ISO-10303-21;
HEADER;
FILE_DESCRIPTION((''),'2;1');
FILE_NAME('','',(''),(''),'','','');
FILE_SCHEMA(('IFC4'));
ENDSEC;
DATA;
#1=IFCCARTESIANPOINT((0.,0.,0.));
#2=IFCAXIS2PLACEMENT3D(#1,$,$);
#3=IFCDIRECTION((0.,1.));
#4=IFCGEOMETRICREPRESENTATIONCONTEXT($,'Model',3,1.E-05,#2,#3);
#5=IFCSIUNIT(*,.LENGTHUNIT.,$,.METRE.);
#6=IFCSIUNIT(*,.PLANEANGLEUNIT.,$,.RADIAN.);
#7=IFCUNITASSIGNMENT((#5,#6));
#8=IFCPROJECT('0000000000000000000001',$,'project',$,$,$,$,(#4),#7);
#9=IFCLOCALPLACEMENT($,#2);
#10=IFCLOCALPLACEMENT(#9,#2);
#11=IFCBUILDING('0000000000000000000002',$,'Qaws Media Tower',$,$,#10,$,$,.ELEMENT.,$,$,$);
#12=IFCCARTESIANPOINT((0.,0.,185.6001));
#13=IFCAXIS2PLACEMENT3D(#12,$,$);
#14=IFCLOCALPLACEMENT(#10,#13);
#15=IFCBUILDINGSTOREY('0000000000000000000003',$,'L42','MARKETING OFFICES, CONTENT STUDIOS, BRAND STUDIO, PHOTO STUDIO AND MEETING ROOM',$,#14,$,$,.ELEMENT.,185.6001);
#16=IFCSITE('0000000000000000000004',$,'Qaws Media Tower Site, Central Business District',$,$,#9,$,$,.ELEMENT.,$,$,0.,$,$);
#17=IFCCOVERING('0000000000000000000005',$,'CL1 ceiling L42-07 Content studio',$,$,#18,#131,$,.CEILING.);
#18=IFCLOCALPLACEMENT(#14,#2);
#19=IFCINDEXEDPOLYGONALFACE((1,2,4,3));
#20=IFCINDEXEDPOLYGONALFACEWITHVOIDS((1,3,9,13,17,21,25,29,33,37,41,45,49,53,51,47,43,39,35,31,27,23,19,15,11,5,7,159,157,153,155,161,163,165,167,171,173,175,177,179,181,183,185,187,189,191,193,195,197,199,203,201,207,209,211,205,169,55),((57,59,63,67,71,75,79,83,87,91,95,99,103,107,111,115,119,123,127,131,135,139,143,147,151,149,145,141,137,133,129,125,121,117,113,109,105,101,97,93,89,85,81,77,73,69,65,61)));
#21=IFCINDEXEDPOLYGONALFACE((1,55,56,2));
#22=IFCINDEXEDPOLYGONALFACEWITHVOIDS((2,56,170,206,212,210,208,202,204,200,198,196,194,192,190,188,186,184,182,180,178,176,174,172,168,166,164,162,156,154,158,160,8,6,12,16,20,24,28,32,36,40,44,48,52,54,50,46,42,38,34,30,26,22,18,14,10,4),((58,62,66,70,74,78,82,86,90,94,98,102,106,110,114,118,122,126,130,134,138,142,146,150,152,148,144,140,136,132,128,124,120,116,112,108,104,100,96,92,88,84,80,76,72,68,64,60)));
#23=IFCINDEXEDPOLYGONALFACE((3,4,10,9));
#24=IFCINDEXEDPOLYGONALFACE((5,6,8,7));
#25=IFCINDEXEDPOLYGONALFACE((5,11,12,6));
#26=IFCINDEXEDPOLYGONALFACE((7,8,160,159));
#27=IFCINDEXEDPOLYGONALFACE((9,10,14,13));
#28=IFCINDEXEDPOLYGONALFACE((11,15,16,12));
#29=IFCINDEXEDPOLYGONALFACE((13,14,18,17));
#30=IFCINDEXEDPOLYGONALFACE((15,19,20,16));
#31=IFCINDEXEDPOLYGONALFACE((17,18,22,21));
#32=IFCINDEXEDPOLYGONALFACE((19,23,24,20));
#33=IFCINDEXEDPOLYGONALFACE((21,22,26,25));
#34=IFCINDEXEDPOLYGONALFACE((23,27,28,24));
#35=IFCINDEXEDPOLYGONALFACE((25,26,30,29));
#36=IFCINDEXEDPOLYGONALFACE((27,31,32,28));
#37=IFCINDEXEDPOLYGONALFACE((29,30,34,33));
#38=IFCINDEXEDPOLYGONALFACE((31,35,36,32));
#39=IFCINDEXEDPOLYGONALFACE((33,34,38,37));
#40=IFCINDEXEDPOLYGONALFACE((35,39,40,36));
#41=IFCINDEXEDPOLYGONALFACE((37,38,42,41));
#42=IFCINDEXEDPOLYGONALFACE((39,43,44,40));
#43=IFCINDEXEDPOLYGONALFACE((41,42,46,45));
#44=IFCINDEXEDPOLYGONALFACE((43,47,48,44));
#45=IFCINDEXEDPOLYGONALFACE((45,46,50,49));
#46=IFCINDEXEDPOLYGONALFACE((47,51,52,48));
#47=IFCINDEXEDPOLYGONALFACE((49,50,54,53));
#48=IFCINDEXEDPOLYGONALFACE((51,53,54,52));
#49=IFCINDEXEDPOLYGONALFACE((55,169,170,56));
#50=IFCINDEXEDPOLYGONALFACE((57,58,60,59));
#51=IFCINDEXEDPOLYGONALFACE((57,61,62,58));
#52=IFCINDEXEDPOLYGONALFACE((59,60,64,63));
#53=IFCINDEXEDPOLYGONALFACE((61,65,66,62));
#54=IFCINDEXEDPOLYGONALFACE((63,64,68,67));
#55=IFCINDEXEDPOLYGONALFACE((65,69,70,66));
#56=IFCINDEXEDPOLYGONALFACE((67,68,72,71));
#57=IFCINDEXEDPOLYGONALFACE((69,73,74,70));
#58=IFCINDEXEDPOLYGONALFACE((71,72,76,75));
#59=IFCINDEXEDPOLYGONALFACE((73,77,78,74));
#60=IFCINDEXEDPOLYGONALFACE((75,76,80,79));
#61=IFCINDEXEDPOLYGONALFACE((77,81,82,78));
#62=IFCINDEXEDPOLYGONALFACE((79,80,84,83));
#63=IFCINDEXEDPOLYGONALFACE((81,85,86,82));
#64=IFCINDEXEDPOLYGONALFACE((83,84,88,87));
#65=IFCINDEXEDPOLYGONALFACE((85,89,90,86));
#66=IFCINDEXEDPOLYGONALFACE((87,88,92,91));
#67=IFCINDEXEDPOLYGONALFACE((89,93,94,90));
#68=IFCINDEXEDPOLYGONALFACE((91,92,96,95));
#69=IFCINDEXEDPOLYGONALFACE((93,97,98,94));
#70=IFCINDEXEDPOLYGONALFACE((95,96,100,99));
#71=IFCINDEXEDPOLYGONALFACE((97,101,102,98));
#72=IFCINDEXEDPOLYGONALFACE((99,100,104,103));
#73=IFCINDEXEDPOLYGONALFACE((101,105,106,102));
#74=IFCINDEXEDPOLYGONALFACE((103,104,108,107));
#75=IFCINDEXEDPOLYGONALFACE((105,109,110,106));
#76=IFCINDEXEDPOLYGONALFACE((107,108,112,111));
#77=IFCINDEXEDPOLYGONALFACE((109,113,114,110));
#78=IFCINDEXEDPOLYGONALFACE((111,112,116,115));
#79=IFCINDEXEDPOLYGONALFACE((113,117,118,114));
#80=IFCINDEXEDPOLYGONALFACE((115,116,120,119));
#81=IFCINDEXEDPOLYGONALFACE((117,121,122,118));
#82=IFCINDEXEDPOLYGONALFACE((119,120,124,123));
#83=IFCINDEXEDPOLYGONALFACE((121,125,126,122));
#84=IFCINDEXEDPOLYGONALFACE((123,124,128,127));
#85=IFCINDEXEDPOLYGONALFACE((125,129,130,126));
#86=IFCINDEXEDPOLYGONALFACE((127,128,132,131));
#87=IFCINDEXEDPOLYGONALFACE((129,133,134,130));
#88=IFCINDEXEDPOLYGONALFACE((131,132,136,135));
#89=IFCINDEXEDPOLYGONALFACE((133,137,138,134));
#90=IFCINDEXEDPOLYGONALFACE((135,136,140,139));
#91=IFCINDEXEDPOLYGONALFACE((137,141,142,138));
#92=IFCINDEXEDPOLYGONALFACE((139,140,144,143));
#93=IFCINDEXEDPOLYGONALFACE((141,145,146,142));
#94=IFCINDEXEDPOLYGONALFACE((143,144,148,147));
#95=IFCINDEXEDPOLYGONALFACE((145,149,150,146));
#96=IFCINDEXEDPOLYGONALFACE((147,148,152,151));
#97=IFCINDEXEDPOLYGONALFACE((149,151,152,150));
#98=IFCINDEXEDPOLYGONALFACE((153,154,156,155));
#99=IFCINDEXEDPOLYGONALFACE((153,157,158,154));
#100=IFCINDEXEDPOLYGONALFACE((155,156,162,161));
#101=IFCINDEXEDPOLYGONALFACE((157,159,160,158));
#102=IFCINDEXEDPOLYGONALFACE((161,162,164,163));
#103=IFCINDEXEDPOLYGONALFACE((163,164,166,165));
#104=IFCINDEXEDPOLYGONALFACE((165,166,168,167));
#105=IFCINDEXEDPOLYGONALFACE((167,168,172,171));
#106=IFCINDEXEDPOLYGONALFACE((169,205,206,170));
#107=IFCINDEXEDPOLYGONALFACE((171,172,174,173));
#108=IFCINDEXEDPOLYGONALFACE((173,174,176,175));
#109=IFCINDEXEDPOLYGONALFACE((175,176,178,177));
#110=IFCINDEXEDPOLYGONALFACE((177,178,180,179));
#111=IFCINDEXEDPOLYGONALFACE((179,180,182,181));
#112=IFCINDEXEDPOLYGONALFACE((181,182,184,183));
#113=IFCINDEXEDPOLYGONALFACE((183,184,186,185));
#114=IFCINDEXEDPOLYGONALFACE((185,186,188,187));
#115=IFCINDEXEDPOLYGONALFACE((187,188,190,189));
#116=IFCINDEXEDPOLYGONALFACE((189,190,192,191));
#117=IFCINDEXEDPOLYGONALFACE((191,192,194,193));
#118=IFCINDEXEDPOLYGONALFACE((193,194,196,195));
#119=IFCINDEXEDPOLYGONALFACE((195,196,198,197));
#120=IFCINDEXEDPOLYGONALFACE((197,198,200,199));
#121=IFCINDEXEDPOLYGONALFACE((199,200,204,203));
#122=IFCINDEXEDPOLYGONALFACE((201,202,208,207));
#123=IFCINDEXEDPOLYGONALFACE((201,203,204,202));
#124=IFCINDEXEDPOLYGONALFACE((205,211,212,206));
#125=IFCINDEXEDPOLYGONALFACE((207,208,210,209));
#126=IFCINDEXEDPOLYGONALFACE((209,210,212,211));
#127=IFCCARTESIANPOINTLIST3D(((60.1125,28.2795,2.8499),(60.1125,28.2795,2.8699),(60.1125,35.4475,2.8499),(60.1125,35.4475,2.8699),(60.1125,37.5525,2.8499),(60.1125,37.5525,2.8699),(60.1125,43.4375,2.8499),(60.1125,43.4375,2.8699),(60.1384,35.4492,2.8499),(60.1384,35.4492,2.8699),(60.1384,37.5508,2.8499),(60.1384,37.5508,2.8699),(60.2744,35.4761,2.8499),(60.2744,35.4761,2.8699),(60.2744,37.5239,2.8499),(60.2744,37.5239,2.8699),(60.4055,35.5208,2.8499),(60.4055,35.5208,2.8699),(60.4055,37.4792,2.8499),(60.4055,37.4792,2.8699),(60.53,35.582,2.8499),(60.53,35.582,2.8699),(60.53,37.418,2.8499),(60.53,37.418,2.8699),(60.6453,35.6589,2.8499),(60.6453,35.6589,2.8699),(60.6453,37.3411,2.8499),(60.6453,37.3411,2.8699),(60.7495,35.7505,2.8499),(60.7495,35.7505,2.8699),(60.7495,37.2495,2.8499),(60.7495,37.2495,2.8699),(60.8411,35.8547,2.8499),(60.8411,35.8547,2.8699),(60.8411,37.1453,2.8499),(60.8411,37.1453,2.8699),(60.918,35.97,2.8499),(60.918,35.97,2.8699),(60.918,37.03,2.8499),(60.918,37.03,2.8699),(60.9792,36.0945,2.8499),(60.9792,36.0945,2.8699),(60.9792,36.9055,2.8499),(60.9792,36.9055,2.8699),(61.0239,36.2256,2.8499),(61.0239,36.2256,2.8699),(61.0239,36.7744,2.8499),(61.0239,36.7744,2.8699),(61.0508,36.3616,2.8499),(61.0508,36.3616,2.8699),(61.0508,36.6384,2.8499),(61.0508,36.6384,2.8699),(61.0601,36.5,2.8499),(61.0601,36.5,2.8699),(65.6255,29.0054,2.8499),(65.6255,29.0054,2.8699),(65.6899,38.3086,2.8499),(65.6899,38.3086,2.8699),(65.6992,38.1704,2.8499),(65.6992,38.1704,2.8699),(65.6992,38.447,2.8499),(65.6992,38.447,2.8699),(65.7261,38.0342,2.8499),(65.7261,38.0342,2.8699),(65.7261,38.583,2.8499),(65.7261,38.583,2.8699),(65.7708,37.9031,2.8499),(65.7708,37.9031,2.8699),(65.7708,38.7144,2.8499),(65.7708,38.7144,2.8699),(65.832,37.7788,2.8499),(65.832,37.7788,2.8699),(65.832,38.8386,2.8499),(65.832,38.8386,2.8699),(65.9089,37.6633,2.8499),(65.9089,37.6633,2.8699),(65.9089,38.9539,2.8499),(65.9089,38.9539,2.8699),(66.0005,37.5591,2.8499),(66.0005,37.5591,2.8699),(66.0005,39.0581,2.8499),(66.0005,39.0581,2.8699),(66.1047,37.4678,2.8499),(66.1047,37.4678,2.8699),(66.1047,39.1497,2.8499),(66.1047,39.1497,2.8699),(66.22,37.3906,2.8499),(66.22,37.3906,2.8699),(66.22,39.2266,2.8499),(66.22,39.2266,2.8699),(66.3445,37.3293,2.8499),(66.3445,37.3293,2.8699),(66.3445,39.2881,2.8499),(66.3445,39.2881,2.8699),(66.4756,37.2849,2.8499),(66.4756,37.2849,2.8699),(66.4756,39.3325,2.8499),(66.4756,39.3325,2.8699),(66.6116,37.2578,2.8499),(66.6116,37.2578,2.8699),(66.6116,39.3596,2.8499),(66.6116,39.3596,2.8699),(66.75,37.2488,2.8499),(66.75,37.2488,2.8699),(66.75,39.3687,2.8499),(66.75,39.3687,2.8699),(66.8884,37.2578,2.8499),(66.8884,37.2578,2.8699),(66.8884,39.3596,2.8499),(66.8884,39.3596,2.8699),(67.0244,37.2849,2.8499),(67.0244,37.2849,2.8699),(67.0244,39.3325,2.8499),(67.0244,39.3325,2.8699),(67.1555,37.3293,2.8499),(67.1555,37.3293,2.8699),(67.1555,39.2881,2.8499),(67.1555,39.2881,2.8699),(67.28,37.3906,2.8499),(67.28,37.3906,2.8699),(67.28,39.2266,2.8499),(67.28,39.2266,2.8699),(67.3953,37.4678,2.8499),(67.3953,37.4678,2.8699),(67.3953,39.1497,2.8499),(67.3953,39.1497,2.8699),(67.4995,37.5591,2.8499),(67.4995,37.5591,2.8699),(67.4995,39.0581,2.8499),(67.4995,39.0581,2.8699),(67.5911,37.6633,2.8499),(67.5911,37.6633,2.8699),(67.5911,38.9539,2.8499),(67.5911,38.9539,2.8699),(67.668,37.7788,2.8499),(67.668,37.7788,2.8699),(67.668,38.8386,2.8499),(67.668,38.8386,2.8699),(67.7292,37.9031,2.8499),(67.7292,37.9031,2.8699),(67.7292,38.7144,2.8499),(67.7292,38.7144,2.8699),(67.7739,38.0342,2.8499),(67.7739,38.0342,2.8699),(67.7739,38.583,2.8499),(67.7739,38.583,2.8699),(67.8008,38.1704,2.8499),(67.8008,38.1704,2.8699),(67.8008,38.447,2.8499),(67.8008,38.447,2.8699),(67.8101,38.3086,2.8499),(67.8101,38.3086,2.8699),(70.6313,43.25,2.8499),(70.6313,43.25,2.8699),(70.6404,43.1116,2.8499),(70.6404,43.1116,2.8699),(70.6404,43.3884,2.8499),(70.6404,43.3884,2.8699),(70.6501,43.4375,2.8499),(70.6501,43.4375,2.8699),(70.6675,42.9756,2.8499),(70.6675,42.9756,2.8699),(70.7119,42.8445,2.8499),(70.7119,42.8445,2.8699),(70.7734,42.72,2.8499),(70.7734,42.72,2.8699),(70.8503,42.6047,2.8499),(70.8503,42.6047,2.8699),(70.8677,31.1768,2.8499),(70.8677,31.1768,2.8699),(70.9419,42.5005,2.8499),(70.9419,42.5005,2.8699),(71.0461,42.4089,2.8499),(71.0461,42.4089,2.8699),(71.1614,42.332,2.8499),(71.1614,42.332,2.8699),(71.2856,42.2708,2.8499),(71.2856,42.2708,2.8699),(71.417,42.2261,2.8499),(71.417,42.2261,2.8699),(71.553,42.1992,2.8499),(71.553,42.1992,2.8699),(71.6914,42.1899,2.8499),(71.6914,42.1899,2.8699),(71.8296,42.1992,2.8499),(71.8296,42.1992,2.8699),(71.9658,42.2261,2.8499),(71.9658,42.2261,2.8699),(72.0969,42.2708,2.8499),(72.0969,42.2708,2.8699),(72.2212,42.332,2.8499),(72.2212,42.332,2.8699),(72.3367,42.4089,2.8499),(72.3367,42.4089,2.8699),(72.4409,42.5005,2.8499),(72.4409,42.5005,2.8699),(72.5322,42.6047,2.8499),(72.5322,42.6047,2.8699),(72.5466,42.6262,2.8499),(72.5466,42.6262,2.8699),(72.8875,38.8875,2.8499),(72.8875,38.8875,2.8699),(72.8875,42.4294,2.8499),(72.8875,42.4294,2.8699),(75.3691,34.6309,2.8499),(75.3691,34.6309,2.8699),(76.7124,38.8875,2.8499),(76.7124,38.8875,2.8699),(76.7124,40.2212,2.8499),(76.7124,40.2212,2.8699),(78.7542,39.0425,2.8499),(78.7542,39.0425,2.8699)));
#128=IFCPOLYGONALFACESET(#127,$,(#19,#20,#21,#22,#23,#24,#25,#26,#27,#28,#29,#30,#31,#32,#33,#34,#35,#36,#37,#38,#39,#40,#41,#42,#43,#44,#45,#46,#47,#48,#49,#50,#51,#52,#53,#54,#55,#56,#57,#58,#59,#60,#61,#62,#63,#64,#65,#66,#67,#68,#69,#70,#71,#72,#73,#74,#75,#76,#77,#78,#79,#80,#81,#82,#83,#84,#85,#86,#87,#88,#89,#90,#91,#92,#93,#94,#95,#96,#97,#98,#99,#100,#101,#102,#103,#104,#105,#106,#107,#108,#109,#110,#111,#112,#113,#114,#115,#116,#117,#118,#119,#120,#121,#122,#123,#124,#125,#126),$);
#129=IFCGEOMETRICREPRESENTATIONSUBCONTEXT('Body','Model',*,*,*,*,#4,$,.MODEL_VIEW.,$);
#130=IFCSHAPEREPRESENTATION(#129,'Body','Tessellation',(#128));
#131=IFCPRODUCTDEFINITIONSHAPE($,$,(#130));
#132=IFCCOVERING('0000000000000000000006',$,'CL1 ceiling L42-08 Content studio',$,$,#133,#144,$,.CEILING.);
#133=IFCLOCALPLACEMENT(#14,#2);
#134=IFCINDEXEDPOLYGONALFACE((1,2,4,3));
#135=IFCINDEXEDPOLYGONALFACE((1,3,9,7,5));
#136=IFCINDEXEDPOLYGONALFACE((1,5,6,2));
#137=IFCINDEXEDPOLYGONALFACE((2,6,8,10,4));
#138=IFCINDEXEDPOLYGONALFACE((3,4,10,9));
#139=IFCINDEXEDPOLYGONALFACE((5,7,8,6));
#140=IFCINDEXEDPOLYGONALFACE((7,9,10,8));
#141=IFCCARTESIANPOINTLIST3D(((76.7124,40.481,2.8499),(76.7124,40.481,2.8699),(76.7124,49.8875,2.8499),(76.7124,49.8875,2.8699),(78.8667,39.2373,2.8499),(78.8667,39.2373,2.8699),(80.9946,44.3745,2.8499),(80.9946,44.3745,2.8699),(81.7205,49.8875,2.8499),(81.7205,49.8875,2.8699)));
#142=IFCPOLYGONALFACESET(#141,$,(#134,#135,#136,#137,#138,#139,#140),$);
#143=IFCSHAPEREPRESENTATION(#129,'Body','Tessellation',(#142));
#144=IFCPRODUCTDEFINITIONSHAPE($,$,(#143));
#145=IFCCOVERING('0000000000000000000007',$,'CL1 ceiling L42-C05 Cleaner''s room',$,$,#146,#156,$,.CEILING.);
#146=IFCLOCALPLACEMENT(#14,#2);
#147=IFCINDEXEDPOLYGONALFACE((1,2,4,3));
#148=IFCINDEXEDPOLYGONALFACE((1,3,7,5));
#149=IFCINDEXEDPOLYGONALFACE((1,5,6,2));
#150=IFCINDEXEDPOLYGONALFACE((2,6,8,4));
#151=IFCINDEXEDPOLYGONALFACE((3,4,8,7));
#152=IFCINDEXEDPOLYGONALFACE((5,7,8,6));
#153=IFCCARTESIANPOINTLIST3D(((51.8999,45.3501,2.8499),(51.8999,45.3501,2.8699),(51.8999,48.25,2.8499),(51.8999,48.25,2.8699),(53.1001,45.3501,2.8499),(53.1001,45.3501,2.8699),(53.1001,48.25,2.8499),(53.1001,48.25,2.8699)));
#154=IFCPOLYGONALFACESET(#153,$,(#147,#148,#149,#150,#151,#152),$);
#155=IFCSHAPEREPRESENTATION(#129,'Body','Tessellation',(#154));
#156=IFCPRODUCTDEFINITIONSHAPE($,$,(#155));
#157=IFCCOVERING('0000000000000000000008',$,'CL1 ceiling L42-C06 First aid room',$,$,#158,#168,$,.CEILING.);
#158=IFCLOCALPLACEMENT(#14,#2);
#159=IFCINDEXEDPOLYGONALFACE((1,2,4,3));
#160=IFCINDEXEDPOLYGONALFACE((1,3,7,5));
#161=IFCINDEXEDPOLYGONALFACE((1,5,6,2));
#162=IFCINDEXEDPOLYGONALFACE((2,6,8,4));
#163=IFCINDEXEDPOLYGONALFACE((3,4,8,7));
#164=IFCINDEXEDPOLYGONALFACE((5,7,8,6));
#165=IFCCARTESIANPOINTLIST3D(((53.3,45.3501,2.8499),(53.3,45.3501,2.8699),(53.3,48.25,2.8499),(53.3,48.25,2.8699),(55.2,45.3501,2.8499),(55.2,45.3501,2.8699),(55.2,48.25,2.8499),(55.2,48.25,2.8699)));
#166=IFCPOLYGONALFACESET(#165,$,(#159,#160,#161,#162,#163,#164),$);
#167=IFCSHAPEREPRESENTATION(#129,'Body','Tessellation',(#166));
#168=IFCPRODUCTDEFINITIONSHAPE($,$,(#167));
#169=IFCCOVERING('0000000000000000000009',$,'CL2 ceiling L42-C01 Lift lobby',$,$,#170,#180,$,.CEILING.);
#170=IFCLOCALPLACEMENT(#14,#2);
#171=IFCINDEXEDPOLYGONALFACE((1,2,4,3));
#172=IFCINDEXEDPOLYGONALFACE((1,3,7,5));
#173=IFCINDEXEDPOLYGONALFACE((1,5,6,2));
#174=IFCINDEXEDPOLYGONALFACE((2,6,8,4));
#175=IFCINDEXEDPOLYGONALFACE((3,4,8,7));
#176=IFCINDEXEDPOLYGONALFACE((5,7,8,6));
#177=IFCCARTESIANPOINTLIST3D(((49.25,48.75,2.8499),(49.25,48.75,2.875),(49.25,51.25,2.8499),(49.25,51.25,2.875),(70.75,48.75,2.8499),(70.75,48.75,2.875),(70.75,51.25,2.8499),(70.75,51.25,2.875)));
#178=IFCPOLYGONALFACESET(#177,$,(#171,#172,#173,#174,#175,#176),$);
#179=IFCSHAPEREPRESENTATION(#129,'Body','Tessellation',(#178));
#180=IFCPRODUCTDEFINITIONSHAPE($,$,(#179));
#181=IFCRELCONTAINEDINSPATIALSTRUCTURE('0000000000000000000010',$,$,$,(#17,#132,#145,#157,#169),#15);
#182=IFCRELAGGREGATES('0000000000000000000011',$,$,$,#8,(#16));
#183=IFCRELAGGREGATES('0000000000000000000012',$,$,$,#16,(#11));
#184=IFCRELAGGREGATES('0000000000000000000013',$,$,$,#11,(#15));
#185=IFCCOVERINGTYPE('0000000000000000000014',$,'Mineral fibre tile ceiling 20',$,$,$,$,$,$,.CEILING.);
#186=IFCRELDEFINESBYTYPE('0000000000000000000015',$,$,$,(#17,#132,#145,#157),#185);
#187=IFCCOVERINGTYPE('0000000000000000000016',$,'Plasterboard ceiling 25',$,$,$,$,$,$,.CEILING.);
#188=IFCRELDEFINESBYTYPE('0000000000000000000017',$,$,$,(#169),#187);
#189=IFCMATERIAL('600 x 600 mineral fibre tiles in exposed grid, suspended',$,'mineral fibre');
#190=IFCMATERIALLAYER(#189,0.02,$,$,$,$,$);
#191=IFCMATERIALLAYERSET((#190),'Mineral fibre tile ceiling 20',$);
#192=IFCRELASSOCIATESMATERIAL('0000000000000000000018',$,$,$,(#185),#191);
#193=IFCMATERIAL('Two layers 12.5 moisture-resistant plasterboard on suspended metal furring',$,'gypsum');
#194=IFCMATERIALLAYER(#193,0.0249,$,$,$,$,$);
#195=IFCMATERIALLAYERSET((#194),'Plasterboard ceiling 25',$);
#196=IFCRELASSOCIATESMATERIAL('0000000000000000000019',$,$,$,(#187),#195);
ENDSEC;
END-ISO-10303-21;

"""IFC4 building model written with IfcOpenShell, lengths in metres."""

from ifc_helpers import new_model, si_unit, direction, frame, origin, place, context, subcontext, project, spatial, polyline, outline, extrude, material, layer, layer_set, type_object, element, save


model = new_model("IFC4")

# Units and contexts
model_context = context("Model", 3, precision=1e-05, world=origin(), true_north=direction((0.0, 1.0)))
body_context = subcontext(model_context, "Body", "Model", "MODEL_VIEW")
ifc_project = project(units=[si_unit("LENGTHUNIT", "METRE"), si_unit("PLANEANGLEUNIT", "RADIAN")], contexts=[model_context])

# Site, building, storey
site_placement = place(None, origin())
site = spatial("IfcSite", under=ifc_project, at=site_placement, Name="Qaws Media Tower Site, Central Business District", CompositionType="ELEMENT", RefElevation=0.0)
building_placement = place(site_placement, origin())
building = spatial("IfcBuilding", under=site, at=building_placement, Name="Qaws Media Tower", CompositionType="ELEMENT")
storey_placement = place(building_placement, frame((0.0, 0.0, 185.6001)))
storey = spatial("IfcBuildingStorey", under=building, at=storey_placement, Name="L42", Description="MARKETING OFFICES, CONTENT STUDIOS, BRAND STUDIO, PHOTO STUDIO AND MEETING ROOM", CompositionType="ELEMENT", Elevation=185.6001)

# Coverings
ifc_material_1 = material(Name="600 x 600 mineral fibre tiles in exposed grid, suspended", Category="mineral fibre")
ifc_layer_1 = layer(ifc_material_1, 0.02)
ifc_layer_set_1 = layer_set([ifc_layer_1], Name="Mineral fibre tile ceiling 20")
covering_type_1 = type_object("IfcCoveringType", Name="Mineral fibre tile ceiling 20", PredefinedType="CEILING", material=ifc_layer_set_1)
covering_1_placement = place(storey_placement, frame((0.0, 0.0, 2.8499)))
element("IfcCovering", 1, at=covering_1_placement, inside=storey, type_object=covering_type_1, Name="CL1 ceiling L42-07 Content studio", PredefinedType="CEILING", context=body_context, shape_type="SweptSolid", body=[
    extrude(outline(polyline([(72.8875, 38.8875), (76.7124, 38.8875), (76.7124, 40.2212), (78.7542, 39.0425), (75.3691, 34.6309), (70.8677, 31.1768), (65.6255, 29.0054), (60.1125, 28.2795), (60.1125, 35.4475), (60.1384, 35.4492), (60.2744, 35.4761), (60.4055, 35.5208), (60.53, 35.582), (60.6453, 35.6589), (60.7495, 35.7505), (60.8411, 35.8547), (60.918, 35.97), (60.9792, 36.0945), (61.0239, 36.2256), (61.0508, 36.3616), (61.0601, 36.5), (61.0508, 36.6384), (61.0239, 36.7744), (60.9792, 36.9055), (60.918, 37.03), (60.8411, 37.1453), (60.7495, 37.2495), (60.6453, 37.3411), (60.53, 37.418), (60.4055, 37.4792), (60.2744, 37.5239), (60.1384, 37.5508), (60.1125, 37.5525), (60.1125, 43.4375), (70.6501, 43.4375), (70.6404, 43.3884), (70.6313, 43.25), (70.6404, 43.1116), (70.6675, 42.9756), (70.7119, 42.8445), (70.7734, 42.72), (70.8503, 42.6047), (70.9419, 42.5005), (71.0461, 42.4089), (71.1614, 42.332), (71.2856, 42.2708), (71.417, 42.2261), (71.553, 42.1992), (71.6914, 42.1899), (71.8296, 42.1992), (71.9658, 42.2261), (72.0969, 42.2708), (72.2212, 42.332), (72.3367, 42.4089), (72.4409, 42.5005), (72.5322, 42.6047), (72.5466, 42.6262), (72.8875, 42.4294), (72.8875, 38.8875)]), holes=[polyline([(67.7292, 37.9031), (67.7739, 38.0342), (67.8008, 38.1704), (67.8101, 38.3086), (67.8008, 38.447), (67.7739, 38.583), (67.7292, 38.7144), (67.668, 38.8386), (67.5911, 38.9539), (67.4995, 39.0581), (67.3953, 39.1497), (67.28, 39.2266), (67.1555, 39.2881), (67.0244, 39.3325), (66.8884, 39.3596), (66.75, 39.3687), (66.6116, 39.3596), (66.4756, 39.3325), (66.3445, 39.2881), (66.22, 39.2266), (66.1047, 39.1497), (66.0005, 39.0581), (65.9089, 38.9539), (65.832, 38.8386), (65.7708, 38.7144), (65.7261, 38.583), (65.6992, 38.447), (65.6899, 38.3086), (65.6992, 38.1704), (65.7261, 38.0342), (65.7708, 37.9031), (65.832, 37.7788), (65.9089, 37.6633), (66.0005, 37.5591), (66.1047, 37.4678), (66.22, 37.3906), (66.3445, 37.3293), (66.4756, 37.2849), (66.6116, 37.2578), (66.75, 37.2488), (66.8884, 37.2578), (67.0244, 37.2849), (67.1555, 37.3293), (67.28, 37.3906), (67.3953, 37.4678), (67.4995, 37.5591), (67.5911, 37.6633), (67.668, 37.7788), (67.7292, 37.9031)])]), origin(), (0.0, 0.0, 1.0), 0.02),
])
covering_2_placement = place(storey_placement, frame((0.0, 0.0, 2.8499)))
element("IfcCovering", 2, at=covering_2_placement, inside=storey, type_object=covering_type_1, Name="CL1 ceiling L42-08 Content studio", PredefinedType="CEILING", context=body_context, shape_type="SweptSolid", body=[
    extrude(outline(polyline([(80.9946, 44.3745), (78.8667, 39.2373), (76.7124, 40.481), (76.7124, 49.8875), (81.7205, 49.8875), (80.9946, 44.3745)])), origin(), (0.0, 0.0, 1.0), 0.02),
])
covering_3_placement = place(storey_placement, frame((0.0, 0.0, 2.8499)))
element("IfcCovering", 3, at=covering_3_placement, inside=storey, type_object=covering_type_1, Name="CL1 ceiling L42-C05 Cleaner's room", PredefinedType="CEILING", context=body_context, shape_type="SweptSolid", body=[
    extrude(outline(polyline([(51.8999, 45.3501), (51.8999, 48.25), (53.1001, 48.25), (53.1001, 45.3501), (51.8999, 45.3501)])), origin(), (0.0, 0.0, 1.0), 0.02),
])
covering_4_placement = place(storey_placement, frame((0.0, 0.0, 2.8499)))
element("IfcCovering", 4, at=covering_4_placement, inside=storey, type_object=covering_type_1, Name="CL1 ceiling L42-C06 First aid room", PredefinedType="CEILING", context=body_context, shape_type="SweptSolid", body=[
    extrude(outline(polyline([(53.3, 45.3501), (53.3, 48.25), (55.2, 48.25), (55.2, 45.3501), (53.3, 45.3501)])), origin(), (0.0, 0.0, 1.0), 0.02),
])
ifc_material_2 = material(Name="Two layers 12.5 moisture-resistant plasterboard on suspended metal furring", Category="gypsum")
ifc_layer_2 = layer(ifc_material_2, 0.0249)
ifc_layer_set_2 = layer_set([ifc_layer_2], Name="Plasterboard ceiling 25")
covering_type_2 = type_object("IfcCoveringType", Name="Plasterboard ceiling 25", PredefinedType="CEILING", material=ifc_layer_set_2)
covering_5_placement = place(storey_placement, frame((0.0, 0.0, 2.8499)))
element("IfcCovering", 5, at=covering_5_placement, inside=storey, type_object=covering_type_2, Name="CL2 ceiling L42-C01 Lift lobby", PredefinedType="CEILING", context=body_context, shape_type="SweptSolid", body=[
    extrude(outline(polyline([(49.25, 48.75), (49.25, 51.25), (70.75, 51.25), (70.75, 48.75), (49.25, 48.75)])), origin(), (0.0, 0.0, 1.0), 0.0251),
])

save(model, "model.ifc")
